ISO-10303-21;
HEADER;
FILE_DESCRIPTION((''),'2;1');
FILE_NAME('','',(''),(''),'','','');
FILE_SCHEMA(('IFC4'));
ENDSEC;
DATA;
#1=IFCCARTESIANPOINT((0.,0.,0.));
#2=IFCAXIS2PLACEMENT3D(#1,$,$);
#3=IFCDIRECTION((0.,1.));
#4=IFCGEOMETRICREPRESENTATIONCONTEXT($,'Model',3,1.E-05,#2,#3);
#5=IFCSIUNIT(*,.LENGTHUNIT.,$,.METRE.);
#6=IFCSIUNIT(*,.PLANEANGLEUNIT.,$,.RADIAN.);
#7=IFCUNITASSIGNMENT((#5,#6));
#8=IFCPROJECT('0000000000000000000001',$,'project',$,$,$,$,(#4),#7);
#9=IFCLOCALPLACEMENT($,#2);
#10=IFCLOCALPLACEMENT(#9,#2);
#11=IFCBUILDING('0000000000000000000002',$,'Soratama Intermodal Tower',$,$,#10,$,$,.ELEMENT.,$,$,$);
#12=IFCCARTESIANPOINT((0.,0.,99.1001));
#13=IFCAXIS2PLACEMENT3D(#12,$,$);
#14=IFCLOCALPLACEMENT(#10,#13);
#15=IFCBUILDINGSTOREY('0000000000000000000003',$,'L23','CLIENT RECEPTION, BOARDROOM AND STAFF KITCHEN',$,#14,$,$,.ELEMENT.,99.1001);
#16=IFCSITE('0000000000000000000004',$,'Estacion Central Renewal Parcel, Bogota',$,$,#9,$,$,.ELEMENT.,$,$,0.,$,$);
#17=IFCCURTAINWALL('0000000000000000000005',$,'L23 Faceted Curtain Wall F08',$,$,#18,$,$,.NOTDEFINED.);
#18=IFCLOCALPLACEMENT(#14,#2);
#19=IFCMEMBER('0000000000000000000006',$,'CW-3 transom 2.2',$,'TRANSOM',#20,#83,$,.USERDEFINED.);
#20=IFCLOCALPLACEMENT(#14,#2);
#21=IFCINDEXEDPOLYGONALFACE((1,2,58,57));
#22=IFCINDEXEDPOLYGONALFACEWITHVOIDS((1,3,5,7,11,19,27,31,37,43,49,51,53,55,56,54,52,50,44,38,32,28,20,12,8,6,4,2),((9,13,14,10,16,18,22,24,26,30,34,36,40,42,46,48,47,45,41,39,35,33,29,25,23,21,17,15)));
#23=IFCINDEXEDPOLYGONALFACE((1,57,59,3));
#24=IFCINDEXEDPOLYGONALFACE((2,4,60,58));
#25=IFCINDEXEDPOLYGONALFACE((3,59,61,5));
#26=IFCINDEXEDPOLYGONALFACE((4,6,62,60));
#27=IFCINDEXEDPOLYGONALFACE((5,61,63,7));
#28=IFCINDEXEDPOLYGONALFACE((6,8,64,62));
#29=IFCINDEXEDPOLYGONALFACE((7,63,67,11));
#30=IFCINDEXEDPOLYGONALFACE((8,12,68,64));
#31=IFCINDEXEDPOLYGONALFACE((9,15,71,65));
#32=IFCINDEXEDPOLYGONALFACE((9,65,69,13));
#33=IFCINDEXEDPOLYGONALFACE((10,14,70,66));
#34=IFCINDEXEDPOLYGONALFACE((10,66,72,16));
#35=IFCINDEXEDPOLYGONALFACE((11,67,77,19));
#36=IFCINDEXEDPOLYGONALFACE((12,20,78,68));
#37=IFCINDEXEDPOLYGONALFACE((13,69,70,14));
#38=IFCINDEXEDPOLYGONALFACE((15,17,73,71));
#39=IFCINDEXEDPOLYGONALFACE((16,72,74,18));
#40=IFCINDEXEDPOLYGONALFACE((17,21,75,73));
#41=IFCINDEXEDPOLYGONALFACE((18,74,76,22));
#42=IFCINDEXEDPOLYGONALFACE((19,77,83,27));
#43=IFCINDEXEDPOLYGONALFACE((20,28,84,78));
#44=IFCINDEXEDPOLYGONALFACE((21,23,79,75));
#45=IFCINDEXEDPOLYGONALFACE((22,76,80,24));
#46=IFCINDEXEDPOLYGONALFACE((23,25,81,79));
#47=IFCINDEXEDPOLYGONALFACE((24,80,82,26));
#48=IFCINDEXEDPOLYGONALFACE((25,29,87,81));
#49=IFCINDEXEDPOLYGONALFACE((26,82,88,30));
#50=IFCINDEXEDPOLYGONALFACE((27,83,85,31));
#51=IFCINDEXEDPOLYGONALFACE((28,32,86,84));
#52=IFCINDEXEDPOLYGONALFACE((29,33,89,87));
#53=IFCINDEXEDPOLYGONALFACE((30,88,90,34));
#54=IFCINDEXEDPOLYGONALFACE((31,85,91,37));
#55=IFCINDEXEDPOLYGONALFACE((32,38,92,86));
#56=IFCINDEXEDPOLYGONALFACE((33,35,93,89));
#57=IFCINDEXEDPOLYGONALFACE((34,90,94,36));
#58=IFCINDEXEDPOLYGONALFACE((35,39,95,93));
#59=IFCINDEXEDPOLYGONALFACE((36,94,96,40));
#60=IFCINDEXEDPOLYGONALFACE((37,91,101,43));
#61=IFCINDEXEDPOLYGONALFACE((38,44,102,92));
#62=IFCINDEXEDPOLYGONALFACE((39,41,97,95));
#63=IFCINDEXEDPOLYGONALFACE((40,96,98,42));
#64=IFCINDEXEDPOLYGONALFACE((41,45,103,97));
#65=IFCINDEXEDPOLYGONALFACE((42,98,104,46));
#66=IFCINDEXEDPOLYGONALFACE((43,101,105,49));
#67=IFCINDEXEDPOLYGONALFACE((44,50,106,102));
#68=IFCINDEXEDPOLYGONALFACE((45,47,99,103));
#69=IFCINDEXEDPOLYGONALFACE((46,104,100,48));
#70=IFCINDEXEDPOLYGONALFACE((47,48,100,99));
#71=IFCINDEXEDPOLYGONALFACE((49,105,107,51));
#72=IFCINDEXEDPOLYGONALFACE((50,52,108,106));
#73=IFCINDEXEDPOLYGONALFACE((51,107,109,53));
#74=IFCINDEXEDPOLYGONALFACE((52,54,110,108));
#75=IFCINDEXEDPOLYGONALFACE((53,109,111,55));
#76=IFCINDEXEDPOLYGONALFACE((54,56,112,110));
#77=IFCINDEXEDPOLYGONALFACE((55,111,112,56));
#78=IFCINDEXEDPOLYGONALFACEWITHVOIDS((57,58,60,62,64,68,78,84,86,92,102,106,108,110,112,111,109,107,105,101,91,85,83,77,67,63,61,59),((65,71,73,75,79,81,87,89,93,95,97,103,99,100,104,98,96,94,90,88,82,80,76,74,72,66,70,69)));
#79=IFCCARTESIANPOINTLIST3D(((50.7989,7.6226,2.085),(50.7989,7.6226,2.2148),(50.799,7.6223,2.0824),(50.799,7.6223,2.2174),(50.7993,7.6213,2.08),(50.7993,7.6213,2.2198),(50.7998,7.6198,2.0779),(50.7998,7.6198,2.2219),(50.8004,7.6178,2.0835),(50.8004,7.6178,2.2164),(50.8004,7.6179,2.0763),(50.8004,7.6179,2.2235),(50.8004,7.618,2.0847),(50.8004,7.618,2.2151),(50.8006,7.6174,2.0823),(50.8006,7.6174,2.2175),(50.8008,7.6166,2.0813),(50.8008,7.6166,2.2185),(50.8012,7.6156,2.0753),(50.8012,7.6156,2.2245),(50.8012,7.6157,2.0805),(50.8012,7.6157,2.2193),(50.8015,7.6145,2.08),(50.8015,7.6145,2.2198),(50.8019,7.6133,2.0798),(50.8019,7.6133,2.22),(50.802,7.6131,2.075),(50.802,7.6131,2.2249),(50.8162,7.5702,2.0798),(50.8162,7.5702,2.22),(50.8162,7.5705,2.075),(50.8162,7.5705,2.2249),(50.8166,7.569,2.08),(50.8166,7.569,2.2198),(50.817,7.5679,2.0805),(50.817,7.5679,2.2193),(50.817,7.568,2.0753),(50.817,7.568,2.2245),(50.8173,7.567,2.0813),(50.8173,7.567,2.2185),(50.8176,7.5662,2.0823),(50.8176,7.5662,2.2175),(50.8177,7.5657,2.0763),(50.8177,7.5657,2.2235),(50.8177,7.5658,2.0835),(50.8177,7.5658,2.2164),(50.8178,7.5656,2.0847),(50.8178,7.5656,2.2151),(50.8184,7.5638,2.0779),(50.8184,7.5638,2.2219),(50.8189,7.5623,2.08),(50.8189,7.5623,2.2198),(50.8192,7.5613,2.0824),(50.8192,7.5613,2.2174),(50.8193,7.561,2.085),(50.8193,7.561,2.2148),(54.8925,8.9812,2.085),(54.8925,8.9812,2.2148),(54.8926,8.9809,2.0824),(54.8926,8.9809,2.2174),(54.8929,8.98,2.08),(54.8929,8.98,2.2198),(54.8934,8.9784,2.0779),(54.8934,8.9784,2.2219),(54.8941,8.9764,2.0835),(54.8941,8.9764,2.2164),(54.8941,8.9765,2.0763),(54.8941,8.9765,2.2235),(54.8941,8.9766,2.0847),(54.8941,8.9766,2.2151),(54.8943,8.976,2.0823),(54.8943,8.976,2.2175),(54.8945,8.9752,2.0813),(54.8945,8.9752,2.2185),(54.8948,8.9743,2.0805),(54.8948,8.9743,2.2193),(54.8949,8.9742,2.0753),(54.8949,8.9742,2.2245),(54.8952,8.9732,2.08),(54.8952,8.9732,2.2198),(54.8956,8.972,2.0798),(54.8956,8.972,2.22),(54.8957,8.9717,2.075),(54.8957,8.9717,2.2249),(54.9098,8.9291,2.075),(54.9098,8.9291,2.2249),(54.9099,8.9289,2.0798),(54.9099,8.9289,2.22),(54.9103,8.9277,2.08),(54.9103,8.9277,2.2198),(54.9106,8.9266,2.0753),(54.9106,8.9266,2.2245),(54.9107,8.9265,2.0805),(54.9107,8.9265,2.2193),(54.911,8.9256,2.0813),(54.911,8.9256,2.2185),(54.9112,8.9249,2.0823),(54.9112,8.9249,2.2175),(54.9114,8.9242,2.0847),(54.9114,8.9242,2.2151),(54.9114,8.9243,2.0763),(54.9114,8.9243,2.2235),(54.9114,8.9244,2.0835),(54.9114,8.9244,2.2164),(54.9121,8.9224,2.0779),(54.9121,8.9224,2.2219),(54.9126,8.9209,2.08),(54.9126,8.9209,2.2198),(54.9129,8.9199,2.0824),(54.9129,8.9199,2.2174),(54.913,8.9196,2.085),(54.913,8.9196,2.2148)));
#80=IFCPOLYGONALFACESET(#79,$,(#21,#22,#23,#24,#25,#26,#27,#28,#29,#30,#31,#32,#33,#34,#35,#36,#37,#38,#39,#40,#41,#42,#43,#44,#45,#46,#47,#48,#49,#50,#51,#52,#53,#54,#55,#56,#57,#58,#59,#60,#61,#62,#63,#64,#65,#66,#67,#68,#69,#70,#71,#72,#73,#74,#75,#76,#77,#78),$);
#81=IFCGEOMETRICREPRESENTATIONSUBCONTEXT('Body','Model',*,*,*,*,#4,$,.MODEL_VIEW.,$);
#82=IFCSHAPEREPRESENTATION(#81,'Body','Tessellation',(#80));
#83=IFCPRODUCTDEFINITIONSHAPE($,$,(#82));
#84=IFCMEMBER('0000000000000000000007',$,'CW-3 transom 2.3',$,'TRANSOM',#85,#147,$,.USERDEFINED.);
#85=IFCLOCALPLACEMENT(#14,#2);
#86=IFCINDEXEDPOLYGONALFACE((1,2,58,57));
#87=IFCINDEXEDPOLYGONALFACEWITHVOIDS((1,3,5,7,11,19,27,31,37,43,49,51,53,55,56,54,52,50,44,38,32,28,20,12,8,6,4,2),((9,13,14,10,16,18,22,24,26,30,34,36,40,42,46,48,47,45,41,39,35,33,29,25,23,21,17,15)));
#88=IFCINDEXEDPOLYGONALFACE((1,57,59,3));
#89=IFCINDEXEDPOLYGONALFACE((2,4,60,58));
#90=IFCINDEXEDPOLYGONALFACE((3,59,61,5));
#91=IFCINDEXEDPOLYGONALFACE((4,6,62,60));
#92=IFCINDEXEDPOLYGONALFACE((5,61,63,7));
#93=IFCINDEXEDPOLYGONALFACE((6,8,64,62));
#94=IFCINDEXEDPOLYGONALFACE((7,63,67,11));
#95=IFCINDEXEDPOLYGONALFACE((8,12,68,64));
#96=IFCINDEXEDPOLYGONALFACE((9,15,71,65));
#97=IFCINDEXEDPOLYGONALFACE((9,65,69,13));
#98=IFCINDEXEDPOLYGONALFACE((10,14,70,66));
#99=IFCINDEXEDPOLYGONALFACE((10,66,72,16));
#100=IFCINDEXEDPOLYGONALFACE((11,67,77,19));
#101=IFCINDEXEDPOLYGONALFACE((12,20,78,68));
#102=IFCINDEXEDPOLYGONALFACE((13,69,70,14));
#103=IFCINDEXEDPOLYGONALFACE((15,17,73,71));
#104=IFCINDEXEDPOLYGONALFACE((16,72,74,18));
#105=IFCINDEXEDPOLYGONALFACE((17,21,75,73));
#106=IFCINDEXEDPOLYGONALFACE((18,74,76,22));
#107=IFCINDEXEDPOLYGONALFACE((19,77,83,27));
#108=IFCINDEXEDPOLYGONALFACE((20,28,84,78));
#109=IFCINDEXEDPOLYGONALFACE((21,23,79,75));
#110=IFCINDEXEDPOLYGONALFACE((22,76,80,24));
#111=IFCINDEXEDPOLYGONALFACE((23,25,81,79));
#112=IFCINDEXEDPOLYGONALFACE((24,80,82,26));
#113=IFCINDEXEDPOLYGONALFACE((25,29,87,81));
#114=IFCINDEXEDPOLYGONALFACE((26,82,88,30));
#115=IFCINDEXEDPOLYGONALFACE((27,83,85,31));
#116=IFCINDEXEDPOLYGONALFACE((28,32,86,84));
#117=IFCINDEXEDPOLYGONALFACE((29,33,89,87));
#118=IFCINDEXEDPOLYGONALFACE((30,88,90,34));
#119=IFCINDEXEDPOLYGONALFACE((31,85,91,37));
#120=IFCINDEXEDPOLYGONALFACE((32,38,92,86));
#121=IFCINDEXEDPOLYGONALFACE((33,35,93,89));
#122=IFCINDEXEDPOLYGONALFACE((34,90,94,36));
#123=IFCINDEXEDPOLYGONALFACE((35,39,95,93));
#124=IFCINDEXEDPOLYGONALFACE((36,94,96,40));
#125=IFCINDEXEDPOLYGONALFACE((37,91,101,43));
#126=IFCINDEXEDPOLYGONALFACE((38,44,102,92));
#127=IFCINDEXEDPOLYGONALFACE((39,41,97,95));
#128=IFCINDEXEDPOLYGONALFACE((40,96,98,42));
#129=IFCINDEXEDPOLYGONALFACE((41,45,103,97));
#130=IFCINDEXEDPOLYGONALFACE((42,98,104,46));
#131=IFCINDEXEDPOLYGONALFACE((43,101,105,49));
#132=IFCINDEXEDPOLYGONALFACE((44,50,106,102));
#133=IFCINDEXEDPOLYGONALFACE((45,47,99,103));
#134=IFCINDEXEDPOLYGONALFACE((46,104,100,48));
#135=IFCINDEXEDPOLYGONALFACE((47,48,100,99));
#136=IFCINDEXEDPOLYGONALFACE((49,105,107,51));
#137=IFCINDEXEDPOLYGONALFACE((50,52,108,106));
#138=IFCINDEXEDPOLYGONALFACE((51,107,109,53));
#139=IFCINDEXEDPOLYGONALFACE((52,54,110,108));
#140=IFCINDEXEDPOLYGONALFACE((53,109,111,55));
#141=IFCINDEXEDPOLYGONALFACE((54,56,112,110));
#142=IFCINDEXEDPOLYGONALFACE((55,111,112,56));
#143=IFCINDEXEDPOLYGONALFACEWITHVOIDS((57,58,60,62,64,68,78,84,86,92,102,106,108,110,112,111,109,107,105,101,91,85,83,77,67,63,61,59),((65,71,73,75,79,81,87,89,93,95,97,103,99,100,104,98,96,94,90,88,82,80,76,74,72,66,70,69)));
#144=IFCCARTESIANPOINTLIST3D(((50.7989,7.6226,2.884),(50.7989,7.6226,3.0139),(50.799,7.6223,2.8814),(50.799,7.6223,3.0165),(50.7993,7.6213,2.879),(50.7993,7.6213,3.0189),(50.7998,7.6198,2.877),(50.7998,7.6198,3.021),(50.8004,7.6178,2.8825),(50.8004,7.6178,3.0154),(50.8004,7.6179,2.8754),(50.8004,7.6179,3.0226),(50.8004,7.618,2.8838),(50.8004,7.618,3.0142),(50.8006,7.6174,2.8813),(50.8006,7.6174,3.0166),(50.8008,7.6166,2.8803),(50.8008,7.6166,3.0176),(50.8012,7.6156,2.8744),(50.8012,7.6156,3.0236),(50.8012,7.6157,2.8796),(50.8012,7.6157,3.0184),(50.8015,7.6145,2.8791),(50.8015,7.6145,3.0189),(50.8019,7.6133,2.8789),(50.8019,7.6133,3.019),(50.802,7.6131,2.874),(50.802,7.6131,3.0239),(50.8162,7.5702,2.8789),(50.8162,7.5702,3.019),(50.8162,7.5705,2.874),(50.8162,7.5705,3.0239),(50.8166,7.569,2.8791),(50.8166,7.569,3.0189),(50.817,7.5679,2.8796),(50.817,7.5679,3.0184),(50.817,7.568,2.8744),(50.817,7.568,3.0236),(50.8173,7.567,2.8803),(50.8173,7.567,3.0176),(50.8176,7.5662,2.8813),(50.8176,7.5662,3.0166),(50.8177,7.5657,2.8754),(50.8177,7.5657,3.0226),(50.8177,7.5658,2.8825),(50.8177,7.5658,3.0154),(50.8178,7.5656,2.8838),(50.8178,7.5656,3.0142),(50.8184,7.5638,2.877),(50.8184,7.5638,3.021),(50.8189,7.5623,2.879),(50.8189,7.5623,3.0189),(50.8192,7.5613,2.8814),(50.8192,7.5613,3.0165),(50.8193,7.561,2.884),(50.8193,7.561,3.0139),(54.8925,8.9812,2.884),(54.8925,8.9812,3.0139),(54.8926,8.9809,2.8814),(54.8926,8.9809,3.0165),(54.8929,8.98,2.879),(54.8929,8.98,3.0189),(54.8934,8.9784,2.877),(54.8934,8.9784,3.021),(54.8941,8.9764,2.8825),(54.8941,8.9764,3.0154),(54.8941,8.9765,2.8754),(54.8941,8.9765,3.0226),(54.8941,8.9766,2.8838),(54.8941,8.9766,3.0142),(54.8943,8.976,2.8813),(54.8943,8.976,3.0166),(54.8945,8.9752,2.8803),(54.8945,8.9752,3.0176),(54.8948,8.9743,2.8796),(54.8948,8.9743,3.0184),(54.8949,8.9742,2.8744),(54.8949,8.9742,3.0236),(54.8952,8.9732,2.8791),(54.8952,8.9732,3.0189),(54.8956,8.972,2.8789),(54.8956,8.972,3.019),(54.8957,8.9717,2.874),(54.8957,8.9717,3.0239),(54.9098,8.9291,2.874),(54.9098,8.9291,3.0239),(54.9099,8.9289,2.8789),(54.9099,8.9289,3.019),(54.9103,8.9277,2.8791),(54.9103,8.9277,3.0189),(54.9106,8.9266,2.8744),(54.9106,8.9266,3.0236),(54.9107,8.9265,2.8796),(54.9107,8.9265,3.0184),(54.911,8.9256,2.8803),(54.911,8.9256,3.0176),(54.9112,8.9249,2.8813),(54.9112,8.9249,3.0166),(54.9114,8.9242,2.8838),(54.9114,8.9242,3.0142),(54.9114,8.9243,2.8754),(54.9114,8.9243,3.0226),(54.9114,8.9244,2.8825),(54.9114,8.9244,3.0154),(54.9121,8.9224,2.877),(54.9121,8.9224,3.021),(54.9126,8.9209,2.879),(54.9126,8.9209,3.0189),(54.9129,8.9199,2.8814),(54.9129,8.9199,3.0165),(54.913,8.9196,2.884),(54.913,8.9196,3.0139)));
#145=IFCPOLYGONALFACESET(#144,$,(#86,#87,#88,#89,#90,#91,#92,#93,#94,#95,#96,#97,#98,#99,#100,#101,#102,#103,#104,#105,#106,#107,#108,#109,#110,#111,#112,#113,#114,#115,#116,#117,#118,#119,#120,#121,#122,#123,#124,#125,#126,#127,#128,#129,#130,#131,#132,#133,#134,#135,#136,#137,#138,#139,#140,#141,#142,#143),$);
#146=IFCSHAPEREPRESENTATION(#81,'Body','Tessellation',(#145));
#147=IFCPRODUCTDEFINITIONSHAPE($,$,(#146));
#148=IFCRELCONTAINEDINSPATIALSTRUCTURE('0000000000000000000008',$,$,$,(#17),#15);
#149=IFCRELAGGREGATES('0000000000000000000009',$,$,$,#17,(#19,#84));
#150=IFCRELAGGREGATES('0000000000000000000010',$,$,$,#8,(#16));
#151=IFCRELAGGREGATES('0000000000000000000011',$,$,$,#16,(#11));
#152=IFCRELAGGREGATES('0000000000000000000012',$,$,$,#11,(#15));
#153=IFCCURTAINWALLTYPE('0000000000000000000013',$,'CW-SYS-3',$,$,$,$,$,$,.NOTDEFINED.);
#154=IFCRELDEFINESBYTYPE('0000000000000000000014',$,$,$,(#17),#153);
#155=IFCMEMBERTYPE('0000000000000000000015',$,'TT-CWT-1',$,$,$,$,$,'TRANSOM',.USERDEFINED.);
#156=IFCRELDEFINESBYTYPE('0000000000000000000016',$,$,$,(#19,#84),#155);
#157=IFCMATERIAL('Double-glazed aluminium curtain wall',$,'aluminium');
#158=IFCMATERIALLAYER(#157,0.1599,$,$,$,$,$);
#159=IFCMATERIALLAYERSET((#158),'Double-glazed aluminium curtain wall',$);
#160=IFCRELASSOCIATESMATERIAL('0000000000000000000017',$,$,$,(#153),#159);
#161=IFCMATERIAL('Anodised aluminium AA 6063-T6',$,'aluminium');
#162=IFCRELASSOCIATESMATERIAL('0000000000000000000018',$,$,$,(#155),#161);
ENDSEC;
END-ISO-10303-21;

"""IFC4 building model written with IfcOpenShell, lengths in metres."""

from ifc_helpers import new_model, si_unit, direction, frame, origin, origin_2d, place, context, subcontext, project, spatial, hollow_rectangle, extrude, material, layer, layer_set, material_profile, profile_set, type_object, element, aggregate, save


model = new_model("IFC4")

# Units and contexts
model_context = context("Model", 3, precision=1e-05, world=origin(), true_north=direction((0.0, 1.0)))
body_context = subcontext(model_context, "Body", "Model", "MODEL_VIEW")
ifc_project = project(units=[si_unit("LENGTHUNIT", "METRE"), si_unit("PLANEANGLEUNIT", "RADIAN")], contexts=[model_context])

# Site, building, storey
site_placement = place(None, origin())
site = spatial("IfcSite", under=ifc_project, at=site_placement, Name="Estacion Central Renewal Parcel, Bogota", CompositionType="ELEMENT", RefElevation=0.0)
building_placement = place(site_placement, origin())
building = spatial("IfcBuilding", under=site, at=building_placement, Name="Soratama Intermodal Tower", CompositionType="ELEMENT")
storey_placement = place(building_placement, frame((0.0, 0.0, 99.1001)))
storey = spatial("IfcBuildingStorey", under=building, at=storey_placement, Name="L23", Description="CLIENT RECEPTION, BOARDROOM AND STAFF KITCHEN", CompositionType="ELEMENT", Elevation=99.1001)

# Curtain wall
ifc_material_1 = material(Name="Double-glazed aluminium curtain wall", Category="aluminium")
ifc_layer_1 = layer(ifc_material_1, 0.1599)
ifc_layer_set_1 = layer_set([ifc_layer_1], Name="Double-glazed aluminium curtain wall")
curtain_wall_type = type_object("IfcCurtainWallType", Name="CW-SYS-3", PredefinedType="NOTDEFINED", material=ifc_layer_set_1)
curtain_wall_1_placement = place(storey_placement, origin())
curtain_wall_1 = element("IfcCurtainWall", 1, at=curtain_wall_1_placement, inside=storey, type_object=curtain_wall_type, Name="L23 Faceted Curtain Wall F08", PredefinedType="NOTDEFINED")

# Members
ifc_material_2 = material(Name="Anodised aluminium AA 6063-T6", Category="aluminium")
ifc_material_profile_1 = material_profile(ifc_material_2, hollow_rectangle(XDim=0.0649, YDim=0.1499, WallThickness=0.0049, InnerFilletRadius=0.0049, OuterFilletRadius=0.01, at=origin_2d()), Name="CWT150X65X5")
ifc_profile_set_1 = profile_set([ifc_material_profile_1], Name="Anodised aluminium AA 6063-T6")
member_type_1 = type_object("IfcMemberType", Name="TT-CWT-1", ElementType="TRANSOM", PredefinedType="USERDEFINED", material=ifc_profile_set_1)
member_1_placement = place(storey_placement, frame((50.8091, 7.5918, 2.1499), z_axis=(0.949096, 0.314988, 0.0), x_axis=(-0.314988, 0.949096, 0.0)))
member_1 = element("IfcMember", 2, at=member_1_placement, type_object=member_type_1, Name="CW-3 transom 2.2", ObjectType="TRANSOM", PredefinedType="USERDEFINED", context=body_context, shape_type="SweptSolid", body=[
    extrude(hollow_rectangle(XDim=0.0649, YDim=0.1499, WallThickness=0.0049, InnerFilletRadius=0.0049, OuterFilletRadius=0.01, at=origin_2d()), origin(), (0.0, 0.0, 1.0), 4.3132),
])
member_2_placement = place(storey_placement, frame((50.8091, 7.5918, 2.949), z_axis=(0.949096, 0.314988, 0.0), x_axis=(-0.314988, 0.949096, 0.0)))
member_2 = element("IfcMember", 3, at=member_2_placement, type_object=member_type_1, Name="CW-3 transom 2.3", ObjectType="TRANSOM", PredefinedType="USERDEFINED", context=body_context, shape_type="SweptSolid", body=[
    extrude(hollow_rectangle(XDim=0.0649, YDim=0.1499, WallThickness=0.0049, InnerFilletRadius=0.0049, OuterFilletRadius=0.01, at=origin_2d()), origin(), (0.0, 0.0, 1.0), 4.3132),
])

aggregate(curtain_wall_1, [member_1, member_2])

save(model, "model.ifc")
